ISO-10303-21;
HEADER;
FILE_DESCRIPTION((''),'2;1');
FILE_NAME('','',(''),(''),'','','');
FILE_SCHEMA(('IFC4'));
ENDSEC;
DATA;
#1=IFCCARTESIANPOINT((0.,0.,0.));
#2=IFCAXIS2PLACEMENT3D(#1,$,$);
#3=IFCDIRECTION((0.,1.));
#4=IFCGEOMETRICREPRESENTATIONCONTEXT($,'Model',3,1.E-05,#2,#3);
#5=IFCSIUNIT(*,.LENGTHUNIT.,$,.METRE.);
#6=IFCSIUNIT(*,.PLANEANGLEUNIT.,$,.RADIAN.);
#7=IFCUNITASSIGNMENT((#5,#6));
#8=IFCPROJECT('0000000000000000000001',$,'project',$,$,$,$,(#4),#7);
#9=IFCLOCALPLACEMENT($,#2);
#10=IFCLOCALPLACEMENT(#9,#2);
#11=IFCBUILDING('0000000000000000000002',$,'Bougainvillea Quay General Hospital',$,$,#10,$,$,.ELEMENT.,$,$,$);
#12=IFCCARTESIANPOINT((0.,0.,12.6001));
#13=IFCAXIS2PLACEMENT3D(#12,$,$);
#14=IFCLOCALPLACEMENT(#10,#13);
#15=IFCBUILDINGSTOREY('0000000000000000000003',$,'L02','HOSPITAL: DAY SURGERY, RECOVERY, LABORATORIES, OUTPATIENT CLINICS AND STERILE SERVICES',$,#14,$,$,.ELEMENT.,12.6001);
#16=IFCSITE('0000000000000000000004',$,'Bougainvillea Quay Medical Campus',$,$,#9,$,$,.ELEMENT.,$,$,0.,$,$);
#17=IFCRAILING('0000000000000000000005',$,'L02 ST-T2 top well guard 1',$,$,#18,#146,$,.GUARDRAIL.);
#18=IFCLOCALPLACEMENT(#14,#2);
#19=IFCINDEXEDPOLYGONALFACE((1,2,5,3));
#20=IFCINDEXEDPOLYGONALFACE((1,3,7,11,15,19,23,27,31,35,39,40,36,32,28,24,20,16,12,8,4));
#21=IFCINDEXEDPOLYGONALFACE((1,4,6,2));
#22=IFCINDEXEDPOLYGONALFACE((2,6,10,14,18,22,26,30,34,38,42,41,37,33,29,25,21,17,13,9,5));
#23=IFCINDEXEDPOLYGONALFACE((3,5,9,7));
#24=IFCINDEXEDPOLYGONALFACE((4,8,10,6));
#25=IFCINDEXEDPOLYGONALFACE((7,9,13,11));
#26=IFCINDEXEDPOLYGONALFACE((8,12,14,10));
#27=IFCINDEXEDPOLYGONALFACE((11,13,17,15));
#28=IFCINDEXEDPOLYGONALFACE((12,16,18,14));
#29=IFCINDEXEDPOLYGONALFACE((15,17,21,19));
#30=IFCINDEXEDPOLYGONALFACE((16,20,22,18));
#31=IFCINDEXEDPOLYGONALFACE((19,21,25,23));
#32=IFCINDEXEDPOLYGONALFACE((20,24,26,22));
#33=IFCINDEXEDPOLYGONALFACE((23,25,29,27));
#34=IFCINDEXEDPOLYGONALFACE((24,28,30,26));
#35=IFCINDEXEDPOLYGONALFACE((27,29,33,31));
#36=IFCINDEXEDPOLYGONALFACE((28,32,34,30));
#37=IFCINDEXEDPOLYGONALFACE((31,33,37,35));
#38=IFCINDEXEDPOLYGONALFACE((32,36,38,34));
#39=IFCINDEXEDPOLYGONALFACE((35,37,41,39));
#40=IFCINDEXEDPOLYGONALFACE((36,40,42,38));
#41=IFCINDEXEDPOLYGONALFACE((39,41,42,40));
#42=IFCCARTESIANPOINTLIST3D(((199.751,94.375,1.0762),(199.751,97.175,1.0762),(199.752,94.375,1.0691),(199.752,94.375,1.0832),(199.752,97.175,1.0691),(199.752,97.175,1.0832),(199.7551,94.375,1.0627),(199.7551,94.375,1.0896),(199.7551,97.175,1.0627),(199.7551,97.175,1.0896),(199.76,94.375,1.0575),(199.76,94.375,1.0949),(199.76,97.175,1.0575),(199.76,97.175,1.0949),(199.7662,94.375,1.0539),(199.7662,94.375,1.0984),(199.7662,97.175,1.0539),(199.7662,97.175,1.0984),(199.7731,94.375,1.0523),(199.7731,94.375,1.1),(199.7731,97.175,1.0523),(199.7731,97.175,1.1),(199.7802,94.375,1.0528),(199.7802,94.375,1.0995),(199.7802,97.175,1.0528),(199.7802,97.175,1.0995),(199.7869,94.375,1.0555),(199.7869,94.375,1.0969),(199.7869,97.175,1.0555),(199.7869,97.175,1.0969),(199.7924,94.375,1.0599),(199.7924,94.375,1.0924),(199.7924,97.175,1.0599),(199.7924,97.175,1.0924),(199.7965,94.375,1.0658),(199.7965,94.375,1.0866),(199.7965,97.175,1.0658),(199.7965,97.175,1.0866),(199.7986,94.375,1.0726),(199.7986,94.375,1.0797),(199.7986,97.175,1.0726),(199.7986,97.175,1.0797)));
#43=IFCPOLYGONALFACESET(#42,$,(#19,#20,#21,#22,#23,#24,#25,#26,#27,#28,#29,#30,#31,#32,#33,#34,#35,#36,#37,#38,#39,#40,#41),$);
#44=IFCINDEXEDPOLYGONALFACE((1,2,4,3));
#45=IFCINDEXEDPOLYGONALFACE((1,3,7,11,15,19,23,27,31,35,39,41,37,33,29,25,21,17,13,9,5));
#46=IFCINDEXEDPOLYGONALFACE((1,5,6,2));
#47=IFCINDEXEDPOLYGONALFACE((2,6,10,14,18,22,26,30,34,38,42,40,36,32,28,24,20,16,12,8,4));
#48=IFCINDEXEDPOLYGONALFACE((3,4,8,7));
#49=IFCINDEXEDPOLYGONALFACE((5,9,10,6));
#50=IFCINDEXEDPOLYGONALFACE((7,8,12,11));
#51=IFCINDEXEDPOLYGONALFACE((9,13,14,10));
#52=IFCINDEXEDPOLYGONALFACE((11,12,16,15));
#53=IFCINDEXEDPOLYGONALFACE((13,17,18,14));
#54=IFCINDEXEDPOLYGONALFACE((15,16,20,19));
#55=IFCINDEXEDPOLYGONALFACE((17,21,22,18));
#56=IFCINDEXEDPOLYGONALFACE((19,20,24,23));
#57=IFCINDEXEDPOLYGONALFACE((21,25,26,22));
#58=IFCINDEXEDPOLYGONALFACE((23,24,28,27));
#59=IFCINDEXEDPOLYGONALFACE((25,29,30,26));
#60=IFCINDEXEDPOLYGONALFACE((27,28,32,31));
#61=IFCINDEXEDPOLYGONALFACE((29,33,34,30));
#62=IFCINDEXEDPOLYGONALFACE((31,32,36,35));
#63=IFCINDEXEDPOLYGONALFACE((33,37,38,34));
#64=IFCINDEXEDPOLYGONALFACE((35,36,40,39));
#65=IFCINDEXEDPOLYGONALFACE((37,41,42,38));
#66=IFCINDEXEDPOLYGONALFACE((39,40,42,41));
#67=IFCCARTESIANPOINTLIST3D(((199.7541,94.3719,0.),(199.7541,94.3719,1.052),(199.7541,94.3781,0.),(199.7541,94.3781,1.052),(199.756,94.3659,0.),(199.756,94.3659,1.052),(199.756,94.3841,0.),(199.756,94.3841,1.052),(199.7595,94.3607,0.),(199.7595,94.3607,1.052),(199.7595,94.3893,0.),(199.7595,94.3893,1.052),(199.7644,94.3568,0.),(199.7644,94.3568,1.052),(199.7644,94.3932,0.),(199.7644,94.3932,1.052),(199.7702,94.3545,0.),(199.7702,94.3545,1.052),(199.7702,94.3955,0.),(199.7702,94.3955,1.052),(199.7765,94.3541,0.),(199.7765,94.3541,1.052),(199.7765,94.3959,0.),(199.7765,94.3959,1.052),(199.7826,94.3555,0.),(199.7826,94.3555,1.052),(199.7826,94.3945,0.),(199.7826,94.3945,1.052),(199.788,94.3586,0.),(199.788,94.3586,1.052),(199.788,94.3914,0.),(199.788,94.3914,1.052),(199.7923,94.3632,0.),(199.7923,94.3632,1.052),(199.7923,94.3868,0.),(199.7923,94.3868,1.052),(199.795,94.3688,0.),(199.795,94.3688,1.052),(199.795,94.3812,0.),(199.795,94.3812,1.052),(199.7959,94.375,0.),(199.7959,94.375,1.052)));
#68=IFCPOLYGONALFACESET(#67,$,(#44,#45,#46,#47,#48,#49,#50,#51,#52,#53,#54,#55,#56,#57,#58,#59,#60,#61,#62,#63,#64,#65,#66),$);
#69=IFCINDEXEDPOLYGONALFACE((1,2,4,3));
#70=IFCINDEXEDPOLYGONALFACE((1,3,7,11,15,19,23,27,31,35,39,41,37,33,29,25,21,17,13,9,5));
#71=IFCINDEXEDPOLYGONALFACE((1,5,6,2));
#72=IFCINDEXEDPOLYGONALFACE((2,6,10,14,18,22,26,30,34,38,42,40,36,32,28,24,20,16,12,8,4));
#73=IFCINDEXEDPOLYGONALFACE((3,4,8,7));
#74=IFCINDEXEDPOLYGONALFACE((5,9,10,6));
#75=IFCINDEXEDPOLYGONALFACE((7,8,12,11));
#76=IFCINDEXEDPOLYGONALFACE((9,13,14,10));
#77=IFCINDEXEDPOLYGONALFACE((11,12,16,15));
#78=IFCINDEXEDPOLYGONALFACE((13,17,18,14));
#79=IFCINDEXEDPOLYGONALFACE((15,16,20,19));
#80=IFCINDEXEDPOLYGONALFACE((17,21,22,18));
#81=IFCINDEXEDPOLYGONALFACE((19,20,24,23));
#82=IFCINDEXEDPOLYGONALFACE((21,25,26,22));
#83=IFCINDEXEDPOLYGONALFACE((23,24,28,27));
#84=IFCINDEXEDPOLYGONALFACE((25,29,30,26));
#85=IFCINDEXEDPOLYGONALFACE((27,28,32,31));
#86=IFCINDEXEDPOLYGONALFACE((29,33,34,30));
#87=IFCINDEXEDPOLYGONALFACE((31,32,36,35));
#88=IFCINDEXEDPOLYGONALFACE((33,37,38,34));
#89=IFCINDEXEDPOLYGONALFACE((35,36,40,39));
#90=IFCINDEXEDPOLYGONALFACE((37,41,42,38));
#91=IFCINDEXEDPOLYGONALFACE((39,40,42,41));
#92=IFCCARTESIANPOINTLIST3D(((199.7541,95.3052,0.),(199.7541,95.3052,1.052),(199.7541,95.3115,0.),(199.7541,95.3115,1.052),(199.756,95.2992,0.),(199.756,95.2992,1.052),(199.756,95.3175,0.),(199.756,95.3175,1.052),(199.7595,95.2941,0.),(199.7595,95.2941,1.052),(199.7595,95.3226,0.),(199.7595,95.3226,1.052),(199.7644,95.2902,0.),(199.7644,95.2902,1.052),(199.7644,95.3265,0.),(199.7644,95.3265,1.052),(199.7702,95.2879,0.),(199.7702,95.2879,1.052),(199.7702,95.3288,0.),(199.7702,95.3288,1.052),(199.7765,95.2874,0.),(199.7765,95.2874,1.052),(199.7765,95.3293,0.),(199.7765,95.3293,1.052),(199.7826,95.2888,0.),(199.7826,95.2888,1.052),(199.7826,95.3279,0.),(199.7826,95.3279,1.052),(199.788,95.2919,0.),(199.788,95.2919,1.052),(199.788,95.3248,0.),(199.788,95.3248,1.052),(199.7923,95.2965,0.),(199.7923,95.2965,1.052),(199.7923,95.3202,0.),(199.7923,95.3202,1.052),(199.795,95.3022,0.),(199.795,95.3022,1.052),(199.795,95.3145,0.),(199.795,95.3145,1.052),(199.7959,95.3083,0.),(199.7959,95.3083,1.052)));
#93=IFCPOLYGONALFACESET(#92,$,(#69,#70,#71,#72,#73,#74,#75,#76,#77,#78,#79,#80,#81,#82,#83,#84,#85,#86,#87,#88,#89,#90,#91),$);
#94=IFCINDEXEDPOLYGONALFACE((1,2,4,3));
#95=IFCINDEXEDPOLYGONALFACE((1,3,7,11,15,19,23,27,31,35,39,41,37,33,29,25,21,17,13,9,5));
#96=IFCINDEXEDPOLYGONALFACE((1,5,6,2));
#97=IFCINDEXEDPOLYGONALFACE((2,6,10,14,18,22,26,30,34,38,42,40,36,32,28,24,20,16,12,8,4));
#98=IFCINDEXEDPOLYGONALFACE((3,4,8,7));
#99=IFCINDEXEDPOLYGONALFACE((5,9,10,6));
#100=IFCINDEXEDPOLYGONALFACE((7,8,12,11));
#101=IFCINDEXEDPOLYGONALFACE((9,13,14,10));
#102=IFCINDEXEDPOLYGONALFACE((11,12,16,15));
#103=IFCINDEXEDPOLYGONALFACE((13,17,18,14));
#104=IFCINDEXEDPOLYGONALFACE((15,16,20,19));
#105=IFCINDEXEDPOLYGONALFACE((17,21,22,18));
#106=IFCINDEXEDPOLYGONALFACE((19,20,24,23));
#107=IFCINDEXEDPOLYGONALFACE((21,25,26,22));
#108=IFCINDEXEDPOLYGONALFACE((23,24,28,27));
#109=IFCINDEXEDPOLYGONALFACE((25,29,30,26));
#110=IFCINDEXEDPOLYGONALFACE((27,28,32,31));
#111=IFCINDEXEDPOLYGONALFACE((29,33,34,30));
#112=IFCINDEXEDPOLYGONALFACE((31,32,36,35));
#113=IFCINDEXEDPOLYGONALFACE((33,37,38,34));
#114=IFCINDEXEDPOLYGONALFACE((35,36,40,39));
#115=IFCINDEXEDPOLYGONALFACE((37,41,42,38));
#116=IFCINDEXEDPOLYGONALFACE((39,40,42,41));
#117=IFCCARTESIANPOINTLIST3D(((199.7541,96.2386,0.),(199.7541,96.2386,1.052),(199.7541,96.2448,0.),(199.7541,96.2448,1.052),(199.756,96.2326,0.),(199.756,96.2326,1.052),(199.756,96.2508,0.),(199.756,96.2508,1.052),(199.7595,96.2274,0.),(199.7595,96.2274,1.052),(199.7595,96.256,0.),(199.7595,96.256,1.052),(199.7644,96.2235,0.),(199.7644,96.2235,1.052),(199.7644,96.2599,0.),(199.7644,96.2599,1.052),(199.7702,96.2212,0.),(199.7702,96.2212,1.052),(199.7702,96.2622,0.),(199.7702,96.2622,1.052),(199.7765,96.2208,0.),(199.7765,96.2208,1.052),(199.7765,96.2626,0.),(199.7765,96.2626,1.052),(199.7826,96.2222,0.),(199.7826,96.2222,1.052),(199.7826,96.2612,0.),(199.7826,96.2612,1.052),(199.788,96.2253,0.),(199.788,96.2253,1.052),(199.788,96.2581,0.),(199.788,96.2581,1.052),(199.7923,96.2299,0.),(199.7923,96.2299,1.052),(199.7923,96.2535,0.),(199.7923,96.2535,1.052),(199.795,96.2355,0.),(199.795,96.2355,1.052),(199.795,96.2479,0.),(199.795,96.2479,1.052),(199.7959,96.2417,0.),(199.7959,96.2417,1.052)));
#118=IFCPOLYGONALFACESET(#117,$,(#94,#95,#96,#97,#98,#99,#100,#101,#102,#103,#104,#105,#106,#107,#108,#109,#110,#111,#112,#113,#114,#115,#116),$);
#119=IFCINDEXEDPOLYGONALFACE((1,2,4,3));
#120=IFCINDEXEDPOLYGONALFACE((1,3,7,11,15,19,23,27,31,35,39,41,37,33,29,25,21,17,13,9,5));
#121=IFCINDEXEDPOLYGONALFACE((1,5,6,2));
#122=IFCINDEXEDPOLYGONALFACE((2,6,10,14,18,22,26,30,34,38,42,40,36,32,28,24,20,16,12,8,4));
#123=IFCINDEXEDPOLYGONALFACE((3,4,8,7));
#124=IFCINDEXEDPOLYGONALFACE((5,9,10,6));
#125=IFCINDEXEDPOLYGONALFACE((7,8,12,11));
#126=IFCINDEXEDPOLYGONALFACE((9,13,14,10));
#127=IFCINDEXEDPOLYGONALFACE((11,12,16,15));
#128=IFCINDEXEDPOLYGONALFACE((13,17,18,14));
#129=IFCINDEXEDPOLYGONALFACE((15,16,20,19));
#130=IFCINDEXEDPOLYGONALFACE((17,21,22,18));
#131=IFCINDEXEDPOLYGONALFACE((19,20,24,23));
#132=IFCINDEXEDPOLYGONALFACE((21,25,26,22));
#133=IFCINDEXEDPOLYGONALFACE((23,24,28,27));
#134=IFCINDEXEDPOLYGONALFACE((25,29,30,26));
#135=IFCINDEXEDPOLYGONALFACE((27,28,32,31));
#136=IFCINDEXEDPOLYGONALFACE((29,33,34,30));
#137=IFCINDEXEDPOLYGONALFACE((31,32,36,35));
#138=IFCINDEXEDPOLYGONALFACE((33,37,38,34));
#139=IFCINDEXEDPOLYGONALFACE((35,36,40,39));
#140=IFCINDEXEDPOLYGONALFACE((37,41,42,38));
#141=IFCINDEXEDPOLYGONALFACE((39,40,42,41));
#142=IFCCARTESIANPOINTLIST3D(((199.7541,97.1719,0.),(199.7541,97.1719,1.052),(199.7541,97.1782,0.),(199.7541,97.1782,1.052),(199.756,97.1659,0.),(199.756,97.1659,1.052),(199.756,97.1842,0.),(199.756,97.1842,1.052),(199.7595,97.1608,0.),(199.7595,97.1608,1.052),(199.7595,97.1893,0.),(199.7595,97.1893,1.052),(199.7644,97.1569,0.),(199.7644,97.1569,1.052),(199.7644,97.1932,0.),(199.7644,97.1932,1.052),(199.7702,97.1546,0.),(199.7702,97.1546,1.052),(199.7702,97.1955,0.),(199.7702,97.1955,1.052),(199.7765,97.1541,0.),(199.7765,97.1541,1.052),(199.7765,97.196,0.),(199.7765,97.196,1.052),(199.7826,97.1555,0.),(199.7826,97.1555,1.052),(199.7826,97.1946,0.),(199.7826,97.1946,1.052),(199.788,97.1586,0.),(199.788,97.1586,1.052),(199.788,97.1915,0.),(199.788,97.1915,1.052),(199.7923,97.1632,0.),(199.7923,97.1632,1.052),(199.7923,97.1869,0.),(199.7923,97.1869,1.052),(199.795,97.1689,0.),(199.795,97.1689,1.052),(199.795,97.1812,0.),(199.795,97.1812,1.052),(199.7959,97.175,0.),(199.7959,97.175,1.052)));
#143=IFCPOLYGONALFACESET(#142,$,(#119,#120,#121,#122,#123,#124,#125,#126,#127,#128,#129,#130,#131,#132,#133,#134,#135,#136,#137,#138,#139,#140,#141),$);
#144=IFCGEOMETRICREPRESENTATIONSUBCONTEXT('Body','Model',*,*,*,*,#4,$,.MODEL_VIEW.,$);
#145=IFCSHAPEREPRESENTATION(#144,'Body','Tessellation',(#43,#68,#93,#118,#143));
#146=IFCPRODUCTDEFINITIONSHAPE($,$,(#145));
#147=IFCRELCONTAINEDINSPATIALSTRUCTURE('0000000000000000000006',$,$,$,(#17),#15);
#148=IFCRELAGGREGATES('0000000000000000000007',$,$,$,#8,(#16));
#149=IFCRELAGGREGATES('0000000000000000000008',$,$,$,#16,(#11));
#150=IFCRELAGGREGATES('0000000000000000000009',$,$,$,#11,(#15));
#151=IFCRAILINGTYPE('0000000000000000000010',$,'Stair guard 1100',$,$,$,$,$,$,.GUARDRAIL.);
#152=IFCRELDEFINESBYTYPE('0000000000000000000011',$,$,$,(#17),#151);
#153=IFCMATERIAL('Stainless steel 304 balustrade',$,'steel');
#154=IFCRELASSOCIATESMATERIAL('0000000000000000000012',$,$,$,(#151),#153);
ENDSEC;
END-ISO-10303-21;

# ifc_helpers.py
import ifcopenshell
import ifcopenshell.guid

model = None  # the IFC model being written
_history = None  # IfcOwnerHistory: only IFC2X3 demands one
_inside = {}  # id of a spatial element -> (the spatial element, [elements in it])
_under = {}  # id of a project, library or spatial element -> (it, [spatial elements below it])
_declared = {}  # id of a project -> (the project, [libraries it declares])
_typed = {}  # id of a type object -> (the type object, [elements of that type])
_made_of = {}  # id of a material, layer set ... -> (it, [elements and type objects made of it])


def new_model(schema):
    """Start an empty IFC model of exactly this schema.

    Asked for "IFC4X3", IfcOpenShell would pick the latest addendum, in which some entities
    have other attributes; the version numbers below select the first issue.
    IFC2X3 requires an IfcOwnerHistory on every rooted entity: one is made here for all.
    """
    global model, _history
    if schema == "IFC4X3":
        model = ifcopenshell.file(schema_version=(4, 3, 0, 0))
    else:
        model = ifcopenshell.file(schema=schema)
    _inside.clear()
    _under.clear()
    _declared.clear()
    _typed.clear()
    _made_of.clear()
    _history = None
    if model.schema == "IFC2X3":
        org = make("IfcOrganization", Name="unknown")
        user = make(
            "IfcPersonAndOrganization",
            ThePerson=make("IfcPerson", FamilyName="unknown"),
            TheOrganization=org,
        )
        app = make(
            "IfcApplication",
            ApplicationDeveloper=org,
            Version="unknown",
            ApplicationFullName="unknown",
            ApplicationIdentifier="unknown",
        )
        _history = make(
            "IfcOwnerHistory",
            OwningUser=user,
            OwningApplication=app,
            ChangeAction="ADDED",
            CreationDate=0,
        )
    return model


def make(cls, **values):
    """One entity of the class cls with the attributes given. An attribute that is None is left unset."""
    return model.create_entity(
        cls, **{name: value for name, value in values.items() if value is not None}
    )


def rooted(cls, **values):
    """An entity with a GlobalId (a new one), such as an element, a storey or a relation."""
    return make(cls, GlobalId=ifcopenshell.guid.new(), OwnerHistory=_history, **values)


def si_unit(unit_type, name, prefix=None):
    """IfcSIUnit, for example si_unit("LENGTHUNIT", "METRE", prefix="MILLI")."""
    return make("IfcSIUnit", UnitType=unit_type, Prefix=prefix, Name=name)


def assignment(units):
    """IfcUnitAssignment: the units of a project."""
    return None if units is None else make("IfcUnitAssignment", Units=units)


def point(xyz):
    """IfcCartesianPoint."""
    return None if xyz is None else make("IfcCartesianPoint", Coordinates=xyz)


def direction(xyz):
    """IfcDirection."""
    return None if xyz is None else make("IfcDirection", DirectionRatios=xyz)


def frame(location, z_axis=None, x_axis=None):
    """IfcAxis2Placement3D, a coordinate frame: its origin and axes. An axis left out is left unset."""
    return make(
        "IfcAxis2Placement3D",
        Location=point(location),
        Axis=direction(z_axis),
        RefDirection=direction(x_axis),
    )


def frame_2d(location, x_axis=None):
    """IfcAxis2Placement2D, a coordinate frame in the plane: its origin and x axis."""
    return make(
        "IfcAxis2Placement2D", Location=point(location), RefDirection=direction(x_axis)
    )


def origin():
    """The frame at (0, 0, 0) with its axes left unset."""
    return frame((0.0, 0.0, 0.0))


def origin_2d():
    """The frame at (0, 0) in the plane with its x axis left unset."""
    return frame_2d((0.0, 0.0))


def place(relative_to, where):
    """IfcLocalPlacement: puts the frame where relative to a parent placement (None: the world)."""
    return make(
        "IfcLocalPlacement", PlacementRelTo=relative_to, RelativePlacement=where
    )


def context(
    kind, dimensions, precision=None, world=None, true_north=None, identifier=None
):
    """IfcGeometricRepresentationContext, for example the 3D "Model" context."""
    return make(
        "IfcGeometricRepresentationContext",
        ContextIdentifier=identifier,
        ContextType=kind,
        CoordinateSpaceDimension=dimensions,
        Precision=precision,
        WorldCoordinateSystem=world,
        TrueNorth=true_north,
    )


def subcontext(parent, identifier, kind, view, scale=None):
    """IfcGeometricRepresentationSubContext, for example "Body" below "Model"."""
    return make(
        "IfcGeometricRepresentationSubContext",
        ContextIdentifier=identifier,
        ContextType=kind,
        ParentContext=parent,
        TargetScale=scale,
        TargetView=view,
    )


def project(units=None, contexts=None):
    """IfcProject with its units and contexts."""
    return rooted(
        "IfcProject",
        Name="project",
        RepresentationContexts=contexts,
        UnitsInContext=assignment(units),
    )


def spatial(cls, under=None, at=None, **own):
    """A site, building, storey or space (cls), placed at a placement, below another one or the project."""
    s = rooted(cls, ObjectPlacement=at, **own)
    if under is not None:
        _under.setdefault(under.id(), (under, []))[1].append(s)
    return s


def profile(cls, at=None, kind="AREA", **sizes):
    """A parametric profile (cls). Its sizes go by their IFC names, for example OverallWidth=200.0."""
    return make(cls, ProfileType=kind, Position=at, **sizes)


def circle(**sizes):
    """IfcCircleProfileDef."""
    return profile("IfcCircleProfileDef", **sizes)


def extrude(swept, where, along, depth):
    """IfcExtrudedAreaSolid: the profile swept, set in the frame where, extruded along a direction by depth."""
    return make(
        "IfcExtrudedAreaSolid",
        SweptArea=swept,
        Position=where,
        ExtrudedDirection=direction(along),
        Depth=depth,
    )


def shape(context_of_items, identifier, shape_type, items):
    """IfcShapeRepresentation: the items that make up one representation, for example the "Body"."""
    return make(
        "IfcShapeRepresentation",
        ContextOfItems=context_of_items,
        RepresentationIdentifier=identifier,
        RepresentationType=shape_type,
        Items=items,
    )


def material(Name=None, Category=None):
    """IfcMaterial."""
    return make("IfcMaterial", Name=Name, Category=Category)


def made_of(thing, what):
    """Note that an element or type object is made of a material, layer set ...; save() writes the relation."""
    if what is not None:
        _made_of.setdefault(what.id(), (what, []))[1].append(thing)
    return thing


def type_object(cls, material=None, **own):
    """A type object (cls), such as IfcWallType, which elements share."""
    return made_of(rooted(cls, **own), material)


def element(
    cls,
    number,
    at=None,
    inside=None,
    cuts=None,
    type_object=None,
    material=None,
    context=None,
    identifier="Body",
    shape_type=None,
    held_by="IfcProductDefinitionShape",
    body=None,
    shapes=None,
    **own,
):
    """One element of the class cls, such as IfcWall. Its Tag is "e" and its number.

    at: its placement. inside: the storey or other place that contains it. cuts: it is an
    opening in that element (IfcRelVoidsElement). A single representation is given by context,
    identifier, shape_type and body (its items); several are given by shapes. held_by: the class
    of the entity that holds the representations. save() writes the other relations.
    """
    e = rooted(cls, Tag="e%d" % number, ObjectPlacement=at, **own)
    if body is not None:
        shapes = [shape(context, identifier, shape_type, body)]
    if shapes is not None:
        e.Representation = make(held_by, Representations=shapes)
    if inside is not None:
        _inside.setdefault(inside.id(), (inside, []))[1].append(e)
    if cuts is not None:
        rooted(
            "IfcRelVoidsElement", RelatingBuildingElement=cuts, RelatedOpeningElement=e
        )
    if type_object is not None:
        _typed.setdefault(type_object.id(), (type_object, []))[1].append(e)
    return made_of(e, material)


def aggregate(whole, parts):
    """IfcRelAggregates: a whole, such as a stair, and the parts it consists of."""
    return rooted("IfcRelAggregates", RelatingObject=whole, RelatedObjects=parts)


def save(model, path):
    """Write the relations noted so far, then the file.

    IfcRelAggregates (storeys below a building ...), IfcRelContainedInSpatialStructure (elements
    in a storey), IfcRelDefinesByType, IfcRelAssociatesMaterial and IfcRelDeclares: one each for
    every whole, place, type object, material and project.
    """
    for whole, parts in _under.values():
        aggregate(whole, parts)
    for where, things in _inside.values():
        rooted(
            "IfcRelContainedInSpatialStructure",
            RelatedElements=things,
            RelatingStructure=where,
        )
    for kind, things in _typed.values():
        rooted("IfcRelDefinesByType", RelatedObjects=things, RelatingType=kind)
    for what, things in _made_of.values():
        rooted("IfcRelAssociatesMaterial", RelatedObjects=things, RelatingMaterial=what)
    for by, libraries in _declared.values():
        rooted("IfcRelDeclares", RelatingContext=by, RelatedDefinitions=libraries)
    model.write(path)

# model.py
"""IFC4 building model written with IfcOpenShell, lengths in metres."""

from ifc_helpers import new_model, si_unit, direction, frame, origin, origin_2d, place, context, subcontext, project, spatial, circle, extrude, material, type_object, element, save


model = new_model("IFC4")

# Units and contexts
model_context = context("Model", 3, precision=1e-05, world=origin(), true_north=direction((0.0, 1.0)))
body_context = subcontext(model_context, "Body", "Model", "MODEL_VIEW")
ifc_project = project(units=[si_unit("LENGTHUNIT", "METRE"), si_unit("PLANEANGLEUNIT", "RADIAN")], contexts=[model_context])

# Site, building, storey
site_placement = place(None, origin())
site = spatial("IfcSite", under=ifc_project, at=site_placement, Name="Bougainvillea Quay Medical Campus", CompositionType="ELEMENT", RefElevation=0.0)
building_placement = place(site_placement, origin())
building = spatial("IfcBuilding", under=site, at=building_placement, Name="Bougainvillea Quay General Hospital", CompositionType="ELEMENT")
storey_placement = place(building_placement, frame((0.0, 0.0, 12.6001)))
storey = spatial("IfcBuildingStorey", under=building, at=storey_placement, Name="L02", Description="HOSPITAL: DAY SURGERY, RECOVERY, LABORATORIES, OUTPATIENT CLINICS AND STERILE SERVICES", CompositionType="ELEMENT", Elevation=12.6001)

# Railing
ifc_material_1 = material(Name="Stainless steel 304 balustrade", Category="steel")
railing_type = type_object("IfcRailingType", Name="Stair guard 1100", PredefinedType="GUARDRAIL", material=ifc_material_1)
railing_placement = place(storey_placement, frame((199.7749, 94.375, 0.0)))
element("IfcRailing", 1, at=railing_placement, inside=storey, type_object=railing_type, Name="L02 ST-T2 top well guard 1", PredefinedType="GUARDRAIL", context=body_context, shape_type="SweptSolid", body=[
    extrude(circle(Radius=0.0239, at=origin_2d()), frame((0.0, 0.0, 1.0762), z_axis=(0.0, 1.0, 0.0), x_axis=(-1.0, 0.0, 0.0)), (0.0, 0.0, 1.0), 2.8),
    extrude(circle(Radius=0.021, at=origin_2d()), origin(), (0.0, 0.0, 1.0), 1.052),
    extrude(circle(Radius=0.021, at=origin_2d()), frame((0.0, 0.9333, 0.0)), (0.0, 0.0, 1.0), 1.052),
    extrude(circle(Radius=0.021, at=origin_2d()), frame((0.0, 1.8667, 0.0)), (0.0, 0.0, 1.0), 1.052),
    extrude(circle(Radius=0.021, at=origin_2d()), frame((0.0, 2.8, 0.0)), (0.0, 0.0, 1.0), 1.052),
])

save(model, "model.ifc")
